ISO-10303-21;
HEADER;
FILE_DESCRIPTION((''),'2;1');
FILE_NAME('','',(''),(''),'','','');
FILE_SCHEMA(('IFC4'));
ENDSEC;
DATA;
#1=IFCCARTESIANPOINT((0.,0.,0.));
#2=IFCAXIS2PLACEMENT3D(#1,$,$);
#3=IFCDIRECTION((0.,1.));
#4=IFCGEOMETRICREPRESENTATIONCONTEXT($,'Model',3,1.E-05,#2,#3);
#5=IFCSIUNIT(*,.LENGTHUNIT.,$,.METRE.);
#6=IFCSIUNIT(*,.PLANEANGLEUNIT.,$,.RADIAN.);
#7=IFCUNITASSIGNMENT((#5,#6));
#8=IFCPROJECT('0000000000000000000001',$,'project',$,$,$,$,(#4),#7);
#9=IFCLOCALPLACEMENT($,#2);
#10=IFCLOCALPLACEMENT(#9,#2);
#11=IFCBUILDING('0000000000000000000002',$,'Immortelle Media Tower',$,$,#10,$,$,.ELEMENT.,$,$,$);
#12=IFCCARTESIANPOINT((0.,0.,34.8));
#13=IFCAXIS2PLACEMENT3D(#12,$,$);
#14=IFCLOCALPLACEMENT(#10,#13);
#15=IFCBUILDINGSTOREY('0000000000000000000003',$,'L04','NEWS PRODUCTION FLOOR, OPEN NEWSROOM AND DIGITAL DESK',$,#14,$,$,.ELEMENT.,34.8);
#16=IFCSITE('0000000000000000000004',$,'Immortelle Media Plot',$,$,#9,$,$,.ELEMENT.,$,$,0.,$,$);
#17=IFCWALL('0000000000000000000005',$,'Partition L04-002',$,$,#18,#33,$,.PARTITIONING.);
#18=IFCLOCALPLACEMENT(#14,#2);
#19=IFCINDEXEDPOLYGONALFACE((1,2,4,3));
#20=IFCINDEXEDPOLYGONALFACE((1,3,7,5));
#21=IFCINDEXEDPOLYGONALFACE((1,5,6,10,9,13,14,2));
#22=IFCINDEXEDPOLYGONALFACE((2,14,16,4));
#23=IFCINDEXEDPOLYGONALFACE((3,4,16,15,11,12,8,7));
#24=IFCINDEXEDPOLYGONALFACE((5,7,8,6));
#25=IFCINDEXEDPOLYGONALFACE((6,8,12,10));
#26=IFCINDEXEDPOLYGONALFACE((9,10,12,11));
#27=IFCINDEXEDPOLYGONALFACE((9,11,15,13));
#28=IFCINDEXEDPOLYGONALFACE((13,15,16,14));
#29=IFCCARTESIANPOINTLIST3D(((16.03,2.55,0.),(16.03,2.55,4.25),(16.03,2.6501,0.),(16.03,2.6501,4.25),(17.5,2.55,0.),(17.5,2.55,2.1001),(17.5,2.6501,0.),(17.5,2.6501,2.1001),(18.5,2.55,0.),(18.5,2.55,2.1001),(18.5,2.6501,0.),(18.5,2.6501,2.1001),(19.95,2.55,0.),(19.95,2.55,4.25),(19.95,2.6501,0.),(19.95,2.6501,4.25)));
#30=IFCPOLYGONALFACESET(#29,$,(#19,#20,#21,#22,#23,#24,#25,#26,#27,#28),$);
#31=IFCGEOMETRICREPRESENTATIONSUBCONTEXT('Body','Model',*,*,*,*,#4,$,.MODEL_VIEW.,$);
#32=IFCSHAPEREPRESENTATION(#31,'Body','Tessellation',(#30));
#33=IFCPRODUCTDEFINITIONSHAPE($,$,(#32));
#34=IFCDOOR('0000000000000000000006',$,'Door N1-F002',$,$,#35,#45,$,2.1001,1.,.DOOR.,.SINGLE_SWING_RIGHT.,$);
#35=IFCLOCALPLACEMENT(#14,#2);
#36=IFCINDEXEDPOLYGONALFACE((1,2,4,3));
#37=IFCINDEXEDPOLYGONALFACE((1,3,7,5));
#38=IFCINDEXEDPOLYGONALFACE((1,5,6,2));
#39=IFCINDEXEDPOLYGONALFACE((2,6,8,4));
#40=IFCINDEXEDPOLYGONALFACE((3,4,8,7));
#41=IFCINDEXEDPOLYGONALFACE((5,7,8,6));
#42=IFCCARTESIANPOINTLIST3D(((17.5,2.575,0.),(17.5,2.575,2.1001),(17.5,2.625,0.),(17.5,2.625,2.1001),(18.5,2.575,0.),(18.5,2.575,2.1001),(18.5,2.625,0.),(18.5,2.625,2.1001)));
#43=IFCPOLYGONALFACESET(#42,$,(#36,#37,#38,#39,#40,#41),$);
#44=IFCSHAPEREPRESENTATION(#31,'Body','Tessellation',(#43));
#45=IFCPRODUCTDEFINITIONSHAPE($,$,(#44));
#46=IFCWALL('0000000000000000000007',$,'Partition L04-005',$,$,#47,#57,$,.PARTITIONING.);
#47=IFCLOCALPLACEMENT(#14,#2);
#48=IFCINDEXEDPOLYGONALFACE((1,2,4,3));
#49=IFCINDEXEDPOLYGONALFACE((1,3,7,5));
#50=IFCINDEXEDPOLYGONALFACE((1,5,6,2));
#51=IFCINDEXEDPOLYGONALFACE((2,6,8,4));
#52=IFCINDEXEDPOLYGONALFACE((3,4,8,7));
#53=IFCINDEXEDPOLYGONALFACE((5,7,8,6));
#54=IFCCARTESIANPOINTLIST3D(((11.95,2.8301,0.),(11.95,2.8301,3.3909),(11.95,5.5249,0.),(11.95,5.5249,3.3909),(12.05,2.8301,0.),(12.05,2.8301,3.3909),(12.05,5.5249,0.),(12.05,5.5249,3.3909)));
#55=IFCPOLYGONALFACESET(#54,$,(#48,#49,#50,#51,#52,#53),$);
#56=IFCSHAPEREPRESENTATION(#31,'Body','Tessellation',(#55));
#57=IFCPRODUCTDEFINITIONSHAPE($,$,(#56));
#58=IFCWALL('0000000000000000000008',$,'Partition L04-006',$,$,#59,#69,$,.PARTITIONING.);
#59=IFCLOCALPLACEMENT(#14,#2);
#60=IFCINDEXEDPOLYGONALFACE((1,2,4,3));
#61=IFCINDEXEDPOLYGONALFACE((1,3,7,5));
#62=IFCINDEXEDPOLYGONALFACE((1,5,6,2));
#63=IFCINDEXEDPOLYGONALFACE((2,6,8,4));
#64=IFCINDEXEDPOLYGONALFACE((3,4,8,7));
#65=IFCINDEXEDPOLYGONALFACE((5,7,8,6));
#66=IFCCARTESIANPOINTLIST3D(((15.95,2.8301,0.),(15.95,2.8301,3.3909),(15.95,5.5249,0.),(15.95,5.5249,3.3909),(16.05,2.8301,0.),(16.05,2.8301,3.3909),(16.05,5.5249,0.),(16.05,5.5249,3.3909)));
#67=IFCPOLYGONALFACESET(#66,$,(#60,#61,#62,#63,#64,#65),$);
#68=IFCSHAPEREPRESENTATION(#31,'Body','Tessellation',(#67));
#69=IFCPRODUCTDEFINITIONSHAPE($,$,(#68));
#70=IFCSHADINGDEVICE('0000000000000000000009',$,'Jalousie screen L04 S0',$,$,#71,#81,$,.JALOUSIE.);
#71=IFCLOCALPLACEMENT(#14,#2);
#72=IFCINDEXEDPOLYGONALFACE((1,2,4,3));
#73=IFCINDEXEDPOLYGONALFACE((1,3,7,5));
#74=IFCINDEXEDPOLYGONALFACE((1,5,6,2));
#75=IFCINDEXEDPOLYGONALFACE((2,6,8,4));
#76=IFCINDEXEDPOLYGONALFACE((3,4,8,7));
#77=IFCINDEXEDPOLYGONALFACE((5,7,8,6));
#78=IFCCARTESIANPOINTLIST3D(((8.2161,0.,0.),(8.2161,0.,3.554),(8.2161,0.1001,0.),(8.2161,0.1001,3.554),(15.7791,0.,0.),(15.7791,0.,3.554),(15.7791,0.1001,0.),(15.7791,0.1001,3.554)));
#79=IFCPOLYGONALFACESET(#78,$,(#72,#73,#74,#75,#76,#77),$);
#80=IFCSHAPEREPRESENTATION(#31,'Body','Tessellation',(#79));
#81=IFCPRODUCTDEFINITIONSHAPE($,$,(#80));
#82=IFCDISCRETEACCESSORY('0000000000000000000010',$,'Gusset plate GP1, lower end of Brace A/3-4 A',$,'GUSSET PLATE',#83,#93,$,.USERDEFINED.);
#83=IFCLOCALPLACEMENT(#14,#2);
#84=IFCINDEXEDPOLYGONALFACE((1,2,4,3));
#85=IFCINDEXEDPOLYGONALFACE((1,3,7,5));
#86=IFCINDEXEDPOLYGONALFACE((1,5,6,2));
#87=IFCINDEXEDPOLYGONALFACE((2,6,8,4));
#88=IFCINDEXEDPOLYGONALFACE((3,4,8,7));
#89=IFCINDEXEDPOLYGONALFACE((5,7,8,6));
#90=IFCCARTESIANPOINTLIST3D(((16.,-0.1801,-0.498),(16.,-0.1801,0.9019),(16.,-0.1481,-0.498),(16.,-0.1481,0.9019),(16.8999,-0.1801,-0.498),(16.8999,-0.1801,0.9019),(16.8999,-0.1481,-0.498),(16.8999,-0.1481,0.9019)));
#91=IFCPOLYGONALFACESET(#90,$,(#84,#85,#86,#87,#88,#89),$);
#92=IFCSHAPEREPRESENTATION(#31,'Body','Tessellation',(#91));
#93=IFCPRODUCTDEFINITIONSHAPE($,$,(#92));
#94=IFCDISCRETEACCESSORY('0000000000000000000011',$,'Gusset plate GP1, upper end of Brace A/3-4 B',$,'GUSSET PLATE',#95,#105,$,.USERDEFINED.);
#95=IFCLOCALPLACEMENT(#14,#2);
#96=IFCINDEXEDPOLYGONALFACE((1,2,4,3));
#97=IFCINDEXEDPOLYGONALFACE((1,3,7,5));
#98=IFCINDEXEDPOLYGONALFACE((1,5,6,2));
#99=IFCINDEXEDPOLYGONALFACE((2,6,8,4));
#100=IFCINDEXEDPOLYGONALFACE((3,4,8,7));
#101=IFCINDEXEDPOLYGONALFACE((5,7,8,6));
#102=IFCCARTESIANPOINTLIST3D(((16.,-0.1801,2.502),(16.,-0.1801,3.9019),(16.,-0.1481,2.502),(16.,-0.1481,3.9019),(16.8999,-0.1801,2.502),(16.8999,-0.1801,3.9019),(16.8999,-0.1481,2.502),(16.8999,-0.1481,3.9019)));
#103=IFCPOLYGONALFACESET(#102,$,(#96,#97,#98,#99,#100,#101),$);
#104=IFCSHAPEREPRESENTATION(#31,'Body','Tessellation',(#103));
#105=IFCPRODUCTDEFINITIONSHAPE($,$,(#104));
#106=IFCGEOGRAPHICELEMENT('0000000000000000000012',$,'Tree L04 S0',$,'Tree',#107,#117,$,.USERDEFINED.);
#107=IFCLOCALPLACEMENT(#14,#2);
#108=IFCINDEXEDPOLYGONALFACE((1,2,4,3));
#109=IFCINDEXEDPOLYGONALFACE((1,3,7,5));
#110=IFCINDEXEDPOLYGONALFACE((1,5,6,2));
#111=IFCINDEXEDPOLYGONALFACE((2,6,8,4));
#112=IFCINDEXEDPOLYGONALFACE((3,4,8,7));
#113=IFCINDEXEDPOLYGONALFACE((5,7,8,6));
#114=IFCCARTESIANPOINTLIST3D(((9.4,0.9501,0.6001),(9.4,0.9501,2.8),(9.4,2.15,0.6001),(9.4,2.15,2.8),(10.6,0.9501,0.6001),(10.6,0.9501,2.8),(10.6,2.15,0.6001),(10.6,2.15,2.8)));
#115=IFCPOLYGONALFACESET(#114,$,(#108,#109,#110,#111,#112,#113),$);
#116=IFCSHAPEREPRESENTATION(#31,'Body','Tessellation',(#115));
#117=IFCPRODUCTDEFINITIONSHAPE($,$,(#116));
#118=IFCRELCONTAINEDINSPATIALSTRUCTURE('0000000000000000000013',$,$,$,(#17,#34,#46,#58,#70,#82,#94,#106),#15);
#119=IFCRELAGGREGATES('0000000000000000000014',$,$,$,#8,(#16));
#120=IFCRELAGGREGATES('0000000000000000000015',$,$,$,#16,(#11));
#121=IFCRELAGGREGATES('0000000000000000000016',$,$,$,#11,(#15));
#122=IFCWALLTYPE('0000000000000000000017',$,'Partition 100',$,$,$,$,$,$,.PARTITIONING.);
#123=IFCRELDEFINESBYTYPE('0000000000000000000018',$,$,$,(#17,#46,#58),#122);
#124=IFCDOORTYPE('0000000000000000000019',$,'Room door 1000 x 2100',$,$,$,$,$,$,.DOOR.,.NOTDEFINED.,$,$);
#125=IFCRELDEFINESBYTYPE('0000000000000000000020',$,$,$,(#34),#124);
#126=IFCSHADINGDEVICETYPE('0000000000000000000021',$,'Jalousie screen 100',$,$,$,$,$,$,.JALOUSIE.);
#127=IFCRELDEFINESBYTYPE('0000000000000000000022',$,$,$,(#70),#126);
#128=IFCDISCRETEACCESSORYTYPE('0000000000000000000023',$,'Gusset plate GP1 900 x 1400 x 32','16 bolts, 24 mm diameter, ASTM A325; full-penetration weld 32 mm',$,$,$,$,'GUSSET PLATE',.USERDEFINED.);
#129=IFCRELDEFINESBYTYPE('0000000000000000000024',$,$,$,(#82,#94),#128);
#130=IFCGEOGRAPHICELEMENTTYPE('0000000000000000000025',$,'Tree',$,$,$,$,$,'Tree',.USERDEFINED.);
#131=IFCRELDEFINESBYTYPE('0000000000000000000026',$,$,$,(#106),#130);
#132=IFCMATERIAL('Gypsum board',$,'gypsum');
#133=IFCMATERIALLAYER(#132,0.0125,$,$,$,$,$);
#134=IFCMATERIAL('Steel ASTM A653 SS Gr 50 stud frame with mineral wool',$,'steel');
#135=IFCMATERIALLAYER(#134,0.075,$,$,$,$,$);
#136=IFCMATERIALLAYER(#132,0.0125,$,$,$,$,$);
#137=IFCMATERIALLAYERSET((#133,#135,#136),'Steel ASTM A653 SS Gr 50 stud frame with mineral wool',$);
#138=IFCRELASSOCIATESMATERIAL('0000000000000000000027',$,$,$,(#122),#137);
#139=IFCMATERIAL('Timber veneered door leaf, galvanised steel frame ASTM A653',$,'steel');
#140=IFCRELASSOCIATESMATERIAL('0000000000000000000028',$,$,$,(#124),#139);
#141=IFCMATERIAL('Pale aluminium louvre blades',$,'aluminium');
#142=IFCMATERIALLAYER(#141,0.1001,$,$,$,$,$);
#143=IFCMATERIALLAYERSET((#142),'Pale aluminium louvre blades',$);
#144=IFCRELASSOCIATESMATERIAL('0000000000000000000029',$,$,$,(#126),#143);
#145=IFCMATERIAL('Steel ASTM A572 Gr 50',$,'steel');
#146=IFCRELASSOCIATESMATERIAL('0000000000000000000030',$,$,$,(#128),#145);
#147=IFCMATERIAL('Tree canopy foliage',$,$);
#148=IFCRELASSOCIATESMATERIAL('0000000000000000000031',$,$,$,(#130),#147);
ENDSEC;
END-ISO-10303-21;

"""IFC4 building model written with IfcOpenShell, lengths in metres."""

from ifc_helpers import new_model, si_unit, direction, frame, frame_2d, origin, origin_2d, place, context, subcontext, project, spatial, rectangle, extrude, material, layer, layer_set, material_profile, profile_set, type_object, element, fill, save


model = new_model("IFC4")

# Units and contexts
model_context = context("Model", 3, precision=1e-05, world=origin(), true_north=direction((0.0, 1.0)))
body_context = subcontext(model_context, "Body", "Model", "MODEL_VIEW")
ifc_project = project(units=[si_unit("LENGTHUNIT", "METRE"), si_unit("PLANEANGLEUNIT", "RADIAN")], contexts=[model_context])

# Site, building, storey
site_placement = place(None, origin())
site = spatial("IfcSite", under=ifc_project, at=site_placement, Name="Immortelle Media Plot", CompositionType="ELEMENT", RefElevation=0.0)
building_placement = place(site_placement, origin())
building = spatial("IfcBuilding", under=site, at=building_placement, Name="Immortelle Media Tower", CompositionType="ELEMENT")
storey_placement = place(building_placement, frame((0.0, 0.0, 34.8)))
storey = spatial("IfcBuildingStorey", under=building, at=storey_placement, Name="L04", Description="NEWS PRODUCTION FLOOR, OPEN NEWSROOM AND DIGITAL DESK", CompositionType="ELEMENT", Elevation=34.8)

# Shared definitions
ifc_material_1 = material(Name="Steel ASTM A653 SS Gr 50 stud frame with mineral wool", Category="steel")

# Wall, opening, door
ifc_material_2 = material(Name="Gypsum board", Category="gypsum")
ifc_layer_1 = layer(ifc_material_2, 0.0125)
ifc_layer_2 = layer(ifc_material_1, 0.075)
ifc_layer_3 = layer(ifc_material_2, 0.0125)
ifc_layer_set_1 = layer_set([ifc_layer_1, ifc_layer_2, ifc_layer_3], Name="Steel ASTM A653 SS Gr 50 stud frame with mineral wool")
wall_type_1 = type_object("IfcWallType", Name="Partition 100", PredefinedType="PARTITIONING", material=ifc_layer_set_1)
wall_1_placement = place(storey_placement, frame((16.03, 2.6001, 0.0), z_axis=(0.0, 0.0, 1.0), x_axis=(1.0, 0.0, 0.0)))
wall_1 = element("IfcWall", 1, at=wall_1_placement, inside=storey, type_object=wall_type_1, Name="Partition L04-002", PredefinedType="PARTITIONING", context=body_context, shape_type="SweptSolid", body=[
    extrude(rectangle(XDim=3.9199, YDim=0.1001, at=frame_2d((1.96, 0.0))), origin(), (0.0, 0.0, 1.0), 4.25),
])
opening_placement = place(wall_1_placement, frame((1.47, 0.0, 0.0)))
opening = element("IfcOpeningElement", 2, at=opening_placement, cuts=wall_1, PredefinedType="OPENING", context=body_context, shape_type="SweptSolid", body=[
    extrude(rectangle(XDim=1.0, YDim=2.1001, at=frame_2d((0.5, 1.05))), frame((0.0, 0.0601, 0.0), z_axis=(0.0, -1.0, 0.0), x_axis=(1.0, 0.0, 0.0)), (0.0, 0.0, 1.0), 0.1201),
])
ifc_material_3 = material(Name="Timber veneered door leaf, galvanised steel frame ASTM A653", Category="steel")
door_type = type_object("IfcDoorType", Name="Room door 1000 x 2100", OperationType="NOTDEFINED", PredefinedType="DOOR", material=ifc_material_3)
door_placement = place(opening_placement, origin())
door = element("IfcDoor", 3, at=door_placement, inside=storey, type_object=door_type, Name="Door N1-F002", OperationType="SINGLE_SWING_RIGHT", OverallHeight=2.1001, OverallWidth=1.0, PredefinedType="DOOR", context=body_context, shape_type="SweptSolid", body=[
    extrude(rectangle(XDim=1.0, YDim=2.1001, at=frame_2d((0.5, 1.05))), frame((0.0, 0.0249, 0.0), z_axis=(0.0, -1.0, 0.0), x_axis=(1.0, 0.0, 0.0)), (0.0, 0.0, 1.0), 0.05),
])
fill(opening, door)

# Walls
for number, where, z_axis, x_axis, name in (
    (4, (12.0, 2.8301, 0.0), (0.0, 0.0, 1.0), (0.0, 1.0, 0.0), "Partition L04-005"),
    (5, (16.0, 2.8301, 0.0), (0.0, 0.0, 1.0), (0.0, 1.0, 0.0), "Partition L04-006"),
):
    element("IfcWall", number, at=place(storey_placement, frame(where, z_axis=z_axis, x_axis=x_axis)), inside=storey, type_object=wall_type_1, Name=name, PredefinedType="PARTITIONING", context=body_context, shape_type="SweptSolid", body=[
        extrude(rectangle(XDim=2.6948, YDim=0.1001, at=frame_2d((1.3474, 0.0))), origin(), (0.0, 0.0, 1.0), 3.3909),
    ])

# Shading device
ifc_material_4 = material(Name="Pale aluminium louvre blades", Category="aluminium")
ifc_layer_4 = layer(ifc_material_4, 0.1001)
ifc_layer_set_2 = layer_set([ifc_layer_4], Name="Pale aluminium louvre blades")
shading_device_type = type_object("IfcShadingDeviceType", Name="Jalousie screen 100", PredefinedType="JALOUSIE", material=ifc_layer_set_2)
shading_device_placement = place(storey_placement, frame((11.9976, 0.05, 0.0), z_axis=(0.0, 0.0, 1.0), x_axis=(1.0, 0.0, 0.0)))
element("IfcShadingDevice", 6, at=shading_device_placement, inside=storey, type_object=shading_device_type, Name="Jalousie screen L04 S0", PredefinedType="JALOUSIE", context=body_context, shape_type="SweptSolid", body=[
    extrude(rectangle(XDim=7.563, YDim=0.1001, at=origin_2d()), origin(), (0.0, 0.0, 1.0), 3.554),
])

# Discrete accessories
ifc_material_5 = material(Name="Steel ASTM A572 Gr 50", Category="steel")
ifc_material_profile_1 = material_profile(ifc_material_5, rectangle(XDim=0.032, YDim=1.3999, at=origin_2d()), Name="PL 32 x 1400")
ifc_profile_set_1 = profile_set([ifc_material_profile_1], Name="Steel ASTM A572 Gr 50")
discrete_accessory_type = type_object("IfcDiscreteAccessoryType", Name="Gusset plate GP1 900 x 1400 x 32", Description="16 bolts, 24 mm diameter, ASTM A325; full-penetration weld 32 mm", ElementType="GUSSET PLATE", PredefinedType="USERDEFINED", material=ifc_profile_set_1)
for number, where, z_axis, x_axis, name in (
    (7, (16.0, -0.1641, 0.2019), (1.0, 0.0, 0.0), (0.0, 1.0, 0.0), "Gusset plate GP1, lower end of Brace A/3-4 A"),
    (8, (16.0, -0.1641, 3.2019), (1.0, 0.0, 0.0), (0.0, 1.0, 0.0), "Gusset plate GP1, upper end of Brace A/3-4 B"),
):
    element("IfcDiscreteAccessory", number, at=place(storey_placement, frame(where, z_axis=z_axis, x_axis=x_axis)), inside=storey, type_object=discrete_accessory_type, Name=name, ObjectType="GUSSET PLATE", PredefinedType="USERDEFINED", context=body_context, shape_type="SweptSolid", body=[
        extrude(rectangle(XDim=0.032, YDim=1.3999, at=origin_2d()), origin(), (0.0, 0.0, 1.0), 0.8999),
    ])

# Geographic element
ifc_material_6 = material(Name="Tree canopy foliage")
geographic_element_type = type_object("IfcGeographicElementType", Name="Tree", ElementType="Tree", PredefinedType="USERDEFINED", material=ifc_material_6)
geographic_element_placement = place(storey_placement, frame((10.0, 1.55, 0.6001), z_axis=(0.0, 0.0, 1.0), x_axis=(1.0, 0.0, 0.0)))
element("IfcGeographicElement", 9, at=geographic_element_placement, inside=storey, type_object=geographic_element_type, Name="Tree L04 S0", ObjectType="Tree", PredefinedType="USERDEFINED", context=body_context, shape_type="SweptSolid", body=[
    extrude(rectangle(XDim=1.2, YDim=1.2, at=origin_2d()), origin(), (0.0, 0.0, 1.0), 2.2),
])

save(model, "model.ifc")
